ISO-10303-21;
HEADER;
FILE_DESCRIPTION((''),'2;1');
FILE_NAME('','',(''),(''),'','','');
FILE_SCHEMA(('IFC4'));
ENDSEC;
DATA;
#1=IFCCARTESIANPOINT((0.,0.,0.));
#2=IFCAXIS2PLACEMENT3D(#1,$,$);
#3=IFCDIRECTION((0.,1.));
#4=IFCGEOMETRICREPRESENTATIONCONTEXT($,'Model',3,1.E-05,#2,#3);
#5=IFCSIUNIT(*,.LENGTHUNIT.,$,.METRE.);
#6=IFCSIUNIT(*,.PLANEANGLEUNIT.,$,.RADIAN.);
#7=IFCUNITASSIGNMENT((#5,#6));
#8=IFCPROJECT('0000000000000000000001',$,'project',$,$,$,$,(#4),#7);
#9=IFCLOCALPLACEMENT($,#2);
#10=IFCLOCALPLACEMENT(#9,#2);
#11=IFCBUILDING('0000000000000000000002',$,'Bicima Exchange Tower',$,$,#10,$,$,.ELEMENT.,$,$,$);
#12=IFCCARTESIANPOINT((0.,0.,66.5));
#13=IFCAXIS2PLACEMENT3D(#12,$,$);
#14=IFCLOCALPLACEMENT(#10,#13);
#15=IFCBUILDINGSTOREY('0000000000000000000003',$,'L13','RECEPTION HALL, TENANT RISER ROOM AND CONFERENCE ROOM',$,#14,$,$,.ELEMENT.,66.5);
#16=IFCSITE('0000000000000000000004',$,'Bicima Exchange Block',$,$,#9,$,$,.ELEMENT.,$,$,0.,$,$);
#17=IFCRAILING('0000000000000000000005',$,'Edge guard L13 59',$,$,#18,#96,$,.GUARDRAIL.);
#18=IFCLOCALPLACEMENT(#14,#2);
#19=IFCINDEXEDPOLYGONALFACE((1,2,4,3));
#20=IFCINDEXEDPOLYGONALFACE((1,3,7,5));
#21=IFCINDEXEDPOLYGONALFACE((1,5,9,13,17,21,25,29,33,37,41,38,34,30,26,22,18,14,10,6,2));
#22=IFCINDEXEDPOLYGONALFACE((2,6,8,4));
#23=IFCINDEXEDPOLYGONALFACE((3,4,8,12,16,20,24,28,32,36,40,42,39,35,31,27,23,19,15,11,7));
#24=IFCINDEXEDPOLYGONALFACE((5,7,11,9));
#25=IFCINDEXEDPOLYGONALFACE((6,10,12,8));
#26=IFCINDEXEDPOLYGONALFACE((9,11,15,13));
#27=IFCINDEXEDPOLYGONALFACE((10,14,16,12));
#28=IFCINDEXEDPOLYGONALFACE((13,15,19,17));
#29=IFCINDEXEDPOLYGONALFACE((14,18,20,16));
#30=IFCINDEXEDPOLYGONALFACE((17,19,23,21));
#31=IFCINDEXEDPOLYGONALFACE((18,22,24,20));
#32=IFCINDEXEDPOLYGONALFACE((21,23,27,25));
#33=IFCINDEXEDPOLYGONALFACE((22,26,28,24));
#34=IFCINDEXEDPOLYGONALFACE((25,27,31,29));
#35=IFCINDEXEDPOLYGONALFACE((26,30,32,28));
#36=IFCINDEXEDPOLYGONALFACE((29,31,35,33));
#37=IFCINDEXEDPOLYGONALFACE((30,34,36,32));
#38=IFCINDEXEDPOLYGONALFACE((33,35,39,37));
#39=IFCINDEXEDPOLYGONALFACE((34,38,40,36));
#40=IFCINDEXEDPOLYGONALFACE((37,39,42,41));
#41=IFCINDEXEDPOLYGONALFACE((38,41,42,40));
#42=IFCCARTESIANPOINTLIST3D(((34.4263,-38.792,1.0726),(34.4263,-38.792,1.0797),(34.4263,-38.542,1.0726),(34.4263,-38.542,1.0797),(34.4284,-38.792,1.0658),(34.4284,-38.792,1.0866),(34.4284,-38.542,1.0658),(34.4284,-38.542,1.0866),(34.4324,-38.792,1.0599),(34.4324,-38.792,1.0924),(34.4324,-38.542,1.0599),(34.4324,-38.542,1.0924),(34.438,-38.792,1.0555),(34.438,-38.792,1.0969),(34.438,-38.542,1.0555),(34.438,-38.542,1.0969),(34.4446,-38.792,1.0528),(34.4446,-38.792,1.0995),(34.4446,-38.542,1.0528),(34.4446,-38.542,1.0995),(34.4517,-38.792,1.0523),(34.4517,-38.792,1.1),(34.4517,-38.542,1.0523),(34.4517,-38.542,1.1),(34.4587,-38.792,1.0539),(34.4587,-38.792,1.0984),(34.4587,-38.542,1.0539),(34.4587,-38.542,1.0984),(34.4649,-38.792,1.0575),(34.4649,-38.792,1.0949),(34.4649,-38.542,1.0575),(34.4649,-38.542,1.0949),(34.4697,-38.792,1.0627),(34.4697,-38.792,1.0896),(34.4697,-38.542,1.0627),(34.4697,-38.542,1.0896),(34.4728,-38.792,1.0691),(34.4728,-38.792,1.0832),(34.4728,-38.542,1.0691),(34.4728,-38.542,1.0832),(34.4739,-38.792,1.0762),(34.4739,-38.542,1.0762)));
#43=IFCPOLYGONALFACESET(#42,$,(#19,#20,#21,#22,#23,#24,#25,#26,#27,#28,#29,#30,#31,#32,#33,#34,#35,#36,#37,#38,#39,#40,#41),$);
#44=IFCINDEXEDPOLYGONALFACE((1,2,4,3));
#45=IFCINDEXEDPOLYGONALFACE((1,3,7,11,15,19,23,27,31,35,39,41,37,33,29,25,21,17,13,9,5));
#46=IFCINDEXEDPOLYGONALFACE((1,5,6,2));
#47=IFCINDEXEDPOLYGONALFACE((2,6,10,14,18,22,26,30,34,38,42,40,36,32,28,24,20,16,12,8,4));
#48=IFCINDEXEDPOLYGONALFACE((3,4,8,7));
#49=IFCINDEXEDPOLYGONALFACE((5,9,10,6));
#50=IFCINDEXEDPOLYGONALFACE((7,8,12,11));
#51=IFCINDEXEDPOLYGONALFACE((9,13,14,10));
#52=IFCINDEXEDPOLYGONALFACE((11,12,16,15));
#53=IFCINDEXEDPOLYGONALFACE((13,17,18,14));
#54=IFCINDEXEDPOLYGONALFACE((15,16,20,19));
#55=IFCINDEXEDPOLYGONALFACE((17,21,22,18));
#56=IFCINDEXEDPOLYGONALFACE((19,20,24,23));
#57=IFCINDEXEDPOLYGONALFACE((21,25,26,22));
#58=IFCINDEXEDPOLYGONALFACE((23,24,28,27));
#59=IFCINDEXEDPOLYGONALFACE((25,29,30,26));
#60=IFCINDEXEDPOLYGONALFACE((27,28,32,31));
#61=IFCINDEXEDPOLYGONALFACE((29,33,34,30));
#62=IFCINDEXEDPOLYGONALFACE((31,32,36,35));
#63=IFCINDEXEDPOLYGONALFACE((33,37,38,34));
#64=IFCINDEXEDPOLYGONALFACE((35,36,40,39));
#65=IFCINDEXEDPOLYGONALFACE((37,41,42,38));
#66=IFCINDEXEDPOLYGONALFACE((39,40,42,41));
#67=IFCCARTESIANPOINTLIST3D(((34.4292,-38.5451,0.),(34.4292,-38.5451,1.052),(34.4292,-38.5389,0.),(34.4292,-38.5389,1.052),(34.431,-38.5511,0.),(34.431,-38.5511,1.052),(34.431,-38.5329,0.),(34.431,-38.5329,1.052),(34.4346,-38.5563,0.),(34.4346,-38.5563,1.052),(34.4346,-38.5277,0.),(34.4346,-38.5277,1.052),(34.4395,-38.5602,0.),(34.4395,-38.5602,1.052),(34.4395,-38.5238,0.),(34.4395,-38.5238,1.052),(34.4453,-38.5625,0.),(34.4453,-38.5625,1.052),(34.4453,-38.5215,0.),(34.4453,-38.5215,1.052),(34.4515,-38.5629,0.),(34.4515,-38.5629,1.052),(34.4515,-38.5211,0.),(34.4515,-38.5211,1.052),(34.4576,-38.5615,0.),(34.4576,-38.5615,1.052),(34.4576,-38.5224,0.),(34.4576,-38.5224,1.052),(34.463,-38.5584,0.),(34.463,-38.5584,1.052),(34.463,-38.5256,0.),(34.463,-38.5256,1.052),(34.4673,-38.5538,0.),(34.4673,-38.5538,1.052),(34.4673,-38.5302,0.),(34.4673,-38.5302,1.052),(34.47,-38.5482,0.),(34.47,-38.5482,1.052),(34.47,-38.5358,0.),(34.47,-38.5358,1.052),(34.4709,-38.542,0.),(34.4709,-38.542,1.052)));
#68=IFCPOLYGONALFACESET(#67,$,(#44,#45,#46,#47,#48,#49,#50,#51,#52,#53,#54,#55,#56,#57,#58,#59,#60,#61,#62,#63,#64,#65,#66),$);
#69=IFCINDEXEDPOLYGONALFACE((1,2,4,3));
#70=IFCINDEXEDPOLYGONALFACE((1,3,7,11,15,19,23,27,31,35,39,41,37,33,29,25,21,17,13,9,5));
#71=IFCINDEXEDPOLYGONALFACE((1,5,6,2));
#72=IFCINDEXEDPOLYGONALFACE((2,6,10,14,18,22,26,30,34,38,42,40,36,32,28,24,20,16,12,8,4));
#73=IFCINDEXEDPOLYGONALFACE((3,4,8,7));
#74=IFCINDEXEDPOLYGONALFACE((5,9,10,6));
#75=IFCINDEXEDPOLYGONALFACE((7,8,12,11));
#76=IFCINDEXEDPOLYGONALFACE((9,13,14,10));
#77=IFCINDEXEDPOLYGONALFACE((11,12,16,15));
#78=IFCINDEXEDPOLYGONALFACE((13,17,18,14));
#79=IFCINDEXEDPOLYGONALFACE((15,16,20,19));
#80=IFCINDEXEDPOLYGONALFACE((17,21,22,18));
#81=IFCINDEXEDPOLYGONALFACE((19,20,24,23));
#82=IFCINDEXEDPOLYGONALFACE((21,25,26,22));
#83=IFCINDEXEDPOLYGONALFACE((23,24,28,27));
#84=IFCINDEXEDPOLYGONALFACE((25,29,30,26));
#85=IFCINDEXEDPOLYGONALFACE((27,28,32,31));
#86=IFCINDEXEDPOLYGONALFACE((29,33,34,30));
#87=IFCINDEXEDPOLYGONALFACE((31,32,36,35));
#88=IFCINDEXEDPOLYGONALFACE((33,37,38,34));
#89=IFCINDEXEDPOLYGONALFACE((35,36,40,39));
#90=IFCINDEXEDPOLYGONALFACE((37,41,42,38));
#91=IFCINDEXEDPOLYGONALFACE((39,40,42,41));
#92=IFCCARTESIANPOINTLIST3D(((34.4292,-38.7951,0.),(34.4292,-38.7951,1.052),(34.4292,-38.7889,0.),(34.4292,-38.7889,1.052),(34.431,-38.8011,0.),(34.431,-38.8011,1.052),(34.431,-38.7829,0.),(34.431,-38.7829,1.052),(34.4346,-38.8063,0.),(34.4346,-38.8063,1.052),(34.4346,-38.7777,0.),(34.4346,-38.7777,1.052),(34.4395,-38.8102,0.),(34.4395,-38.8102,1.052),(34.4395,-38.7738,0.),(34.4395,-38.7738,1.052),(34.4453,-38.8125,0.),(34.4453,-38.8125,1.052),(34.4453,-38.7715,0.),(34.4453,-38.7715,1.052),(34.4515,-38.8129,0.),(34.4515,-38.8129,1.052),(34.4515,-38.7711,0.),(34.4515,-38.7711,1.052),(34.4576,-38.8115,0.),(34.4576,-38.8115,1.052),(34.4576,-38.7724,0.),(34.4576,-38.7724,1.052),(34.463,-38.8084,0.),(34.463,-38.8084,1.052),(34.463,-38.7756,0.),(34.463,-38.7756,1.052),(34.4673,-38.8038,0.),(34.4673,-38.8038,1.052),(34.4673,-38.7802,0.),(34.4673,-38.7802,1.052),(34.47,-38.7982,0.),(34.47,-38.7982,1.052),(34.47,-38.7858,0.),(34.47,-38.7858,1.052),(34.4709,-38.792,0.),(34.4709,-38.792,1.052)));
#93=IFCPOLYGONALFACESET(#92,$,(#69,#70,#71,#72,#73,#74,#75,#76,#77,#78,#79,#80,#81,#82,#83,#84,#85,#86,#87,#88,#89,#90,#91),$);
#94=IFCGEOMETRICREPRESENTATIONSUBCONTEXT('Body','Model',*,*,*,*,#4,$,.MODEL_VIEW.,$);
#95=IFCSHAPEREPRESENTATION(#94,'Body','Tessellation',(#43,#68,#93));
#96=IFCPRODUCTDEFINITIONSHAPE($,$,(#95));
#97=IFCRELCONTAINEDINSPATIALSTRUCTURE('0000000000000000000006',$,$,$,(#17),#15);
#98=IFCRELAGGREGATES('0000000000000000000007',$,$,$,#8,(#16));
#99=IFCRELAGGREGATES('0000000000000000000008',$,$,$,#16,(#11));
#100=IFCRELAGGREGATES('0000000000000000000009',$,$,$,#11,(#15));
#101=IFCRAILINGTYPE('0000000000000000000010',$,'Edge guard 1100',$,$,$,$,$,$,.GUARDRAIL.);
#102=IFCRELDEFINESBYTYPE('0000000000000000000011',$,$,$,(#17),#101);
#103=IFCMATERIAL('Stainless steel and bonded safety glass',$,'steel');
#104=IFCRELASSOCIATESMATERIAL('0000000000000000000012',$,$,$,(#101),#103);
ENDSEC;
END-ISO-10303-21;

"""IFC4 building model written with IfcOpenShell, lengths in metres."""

from ifc_helpers import new_model, si_unit, direction, frame, origin, origin_2d, place, context, subcontext, project, spatial, circle, extrude, material, type_object, element, save


model = new_model("IFC4")

# Units and contexts
model_context = context("Model", 3, precision=1e-05, world=origin(), true_north=direction((0.0, 1.0)))
body_context = subcontext(model_context, "Body", "Model", "MODEL_VIEW")
ifc_project = project(units=[si_unit("LENGTHUNIT", "METRE"), si_unit("PLANEANGLEUNIT", "RADIAN")], contexts=[model_context])

# Site, building, storey
site_placement = place(None, origin())
site = spatial("IfcSite", under=ifc_project, at=site_placement, Name="Bicima Exchange Block", CompositionType="ELEMENT", RefElevation=0.0)
building_placement = place(site_placement, origin())
building = spatial("IfcBuilding", under=site, at=building_placement, Name="Bicima Exchange Tower", CompositionType="ELEMENT")
storey_placement = place(building_placement, frame((0.0, 0.0, 66.5)))
storey = spatial("IfcBuildingStorey", under=building, at=storey_placement, Name="L13", Description="RECEPTION HALL, TENANT RISER ROOM AND CONFERENCE ROOM", CompositionType="ELEMENT", Elevation=66.5)

# Railing
ifc_material_1 = material(Name="Stainless steel and bonded safety glass", Category="steel")
railing_type = type_object("IfcRailingType", Name="Edge guard 1100", PredefinedType="GUARDRAIL", material=ifc_material_1)
railing_1_placement = place(storey_placement, frame((34.45, -38.542, 0.0)))
element("IfcRailing", 1, at=railing_1_placement, inside=storey, type_object=railing_type, Name="Edge guard L13 59", PredefinedType="GUARDRAIL", context=body_context, shape_type="SweptSolid", body=[
    extrude(circle(Radius=0.0239, at=origin_2d()), frame((0.0, 0.0, 1.0762), z_axis=(0.0, -1.0, 0.0), x_axis=(1.0, 0.0, 0.0)), (0.0, 0.0, 1.0), 0.25),
    extrude(circle(Radius=0.021, at=origin_2d()), origin(), (0.0, 0.0, 1.0), 1.052),
    extrude(circle(Radius=0.021, at=origin_2d()), frame((0.0, -0.25, 0.0)), (0.0, 0.0, 1.0), 1.052),
])

save(model, "model.ifc")
